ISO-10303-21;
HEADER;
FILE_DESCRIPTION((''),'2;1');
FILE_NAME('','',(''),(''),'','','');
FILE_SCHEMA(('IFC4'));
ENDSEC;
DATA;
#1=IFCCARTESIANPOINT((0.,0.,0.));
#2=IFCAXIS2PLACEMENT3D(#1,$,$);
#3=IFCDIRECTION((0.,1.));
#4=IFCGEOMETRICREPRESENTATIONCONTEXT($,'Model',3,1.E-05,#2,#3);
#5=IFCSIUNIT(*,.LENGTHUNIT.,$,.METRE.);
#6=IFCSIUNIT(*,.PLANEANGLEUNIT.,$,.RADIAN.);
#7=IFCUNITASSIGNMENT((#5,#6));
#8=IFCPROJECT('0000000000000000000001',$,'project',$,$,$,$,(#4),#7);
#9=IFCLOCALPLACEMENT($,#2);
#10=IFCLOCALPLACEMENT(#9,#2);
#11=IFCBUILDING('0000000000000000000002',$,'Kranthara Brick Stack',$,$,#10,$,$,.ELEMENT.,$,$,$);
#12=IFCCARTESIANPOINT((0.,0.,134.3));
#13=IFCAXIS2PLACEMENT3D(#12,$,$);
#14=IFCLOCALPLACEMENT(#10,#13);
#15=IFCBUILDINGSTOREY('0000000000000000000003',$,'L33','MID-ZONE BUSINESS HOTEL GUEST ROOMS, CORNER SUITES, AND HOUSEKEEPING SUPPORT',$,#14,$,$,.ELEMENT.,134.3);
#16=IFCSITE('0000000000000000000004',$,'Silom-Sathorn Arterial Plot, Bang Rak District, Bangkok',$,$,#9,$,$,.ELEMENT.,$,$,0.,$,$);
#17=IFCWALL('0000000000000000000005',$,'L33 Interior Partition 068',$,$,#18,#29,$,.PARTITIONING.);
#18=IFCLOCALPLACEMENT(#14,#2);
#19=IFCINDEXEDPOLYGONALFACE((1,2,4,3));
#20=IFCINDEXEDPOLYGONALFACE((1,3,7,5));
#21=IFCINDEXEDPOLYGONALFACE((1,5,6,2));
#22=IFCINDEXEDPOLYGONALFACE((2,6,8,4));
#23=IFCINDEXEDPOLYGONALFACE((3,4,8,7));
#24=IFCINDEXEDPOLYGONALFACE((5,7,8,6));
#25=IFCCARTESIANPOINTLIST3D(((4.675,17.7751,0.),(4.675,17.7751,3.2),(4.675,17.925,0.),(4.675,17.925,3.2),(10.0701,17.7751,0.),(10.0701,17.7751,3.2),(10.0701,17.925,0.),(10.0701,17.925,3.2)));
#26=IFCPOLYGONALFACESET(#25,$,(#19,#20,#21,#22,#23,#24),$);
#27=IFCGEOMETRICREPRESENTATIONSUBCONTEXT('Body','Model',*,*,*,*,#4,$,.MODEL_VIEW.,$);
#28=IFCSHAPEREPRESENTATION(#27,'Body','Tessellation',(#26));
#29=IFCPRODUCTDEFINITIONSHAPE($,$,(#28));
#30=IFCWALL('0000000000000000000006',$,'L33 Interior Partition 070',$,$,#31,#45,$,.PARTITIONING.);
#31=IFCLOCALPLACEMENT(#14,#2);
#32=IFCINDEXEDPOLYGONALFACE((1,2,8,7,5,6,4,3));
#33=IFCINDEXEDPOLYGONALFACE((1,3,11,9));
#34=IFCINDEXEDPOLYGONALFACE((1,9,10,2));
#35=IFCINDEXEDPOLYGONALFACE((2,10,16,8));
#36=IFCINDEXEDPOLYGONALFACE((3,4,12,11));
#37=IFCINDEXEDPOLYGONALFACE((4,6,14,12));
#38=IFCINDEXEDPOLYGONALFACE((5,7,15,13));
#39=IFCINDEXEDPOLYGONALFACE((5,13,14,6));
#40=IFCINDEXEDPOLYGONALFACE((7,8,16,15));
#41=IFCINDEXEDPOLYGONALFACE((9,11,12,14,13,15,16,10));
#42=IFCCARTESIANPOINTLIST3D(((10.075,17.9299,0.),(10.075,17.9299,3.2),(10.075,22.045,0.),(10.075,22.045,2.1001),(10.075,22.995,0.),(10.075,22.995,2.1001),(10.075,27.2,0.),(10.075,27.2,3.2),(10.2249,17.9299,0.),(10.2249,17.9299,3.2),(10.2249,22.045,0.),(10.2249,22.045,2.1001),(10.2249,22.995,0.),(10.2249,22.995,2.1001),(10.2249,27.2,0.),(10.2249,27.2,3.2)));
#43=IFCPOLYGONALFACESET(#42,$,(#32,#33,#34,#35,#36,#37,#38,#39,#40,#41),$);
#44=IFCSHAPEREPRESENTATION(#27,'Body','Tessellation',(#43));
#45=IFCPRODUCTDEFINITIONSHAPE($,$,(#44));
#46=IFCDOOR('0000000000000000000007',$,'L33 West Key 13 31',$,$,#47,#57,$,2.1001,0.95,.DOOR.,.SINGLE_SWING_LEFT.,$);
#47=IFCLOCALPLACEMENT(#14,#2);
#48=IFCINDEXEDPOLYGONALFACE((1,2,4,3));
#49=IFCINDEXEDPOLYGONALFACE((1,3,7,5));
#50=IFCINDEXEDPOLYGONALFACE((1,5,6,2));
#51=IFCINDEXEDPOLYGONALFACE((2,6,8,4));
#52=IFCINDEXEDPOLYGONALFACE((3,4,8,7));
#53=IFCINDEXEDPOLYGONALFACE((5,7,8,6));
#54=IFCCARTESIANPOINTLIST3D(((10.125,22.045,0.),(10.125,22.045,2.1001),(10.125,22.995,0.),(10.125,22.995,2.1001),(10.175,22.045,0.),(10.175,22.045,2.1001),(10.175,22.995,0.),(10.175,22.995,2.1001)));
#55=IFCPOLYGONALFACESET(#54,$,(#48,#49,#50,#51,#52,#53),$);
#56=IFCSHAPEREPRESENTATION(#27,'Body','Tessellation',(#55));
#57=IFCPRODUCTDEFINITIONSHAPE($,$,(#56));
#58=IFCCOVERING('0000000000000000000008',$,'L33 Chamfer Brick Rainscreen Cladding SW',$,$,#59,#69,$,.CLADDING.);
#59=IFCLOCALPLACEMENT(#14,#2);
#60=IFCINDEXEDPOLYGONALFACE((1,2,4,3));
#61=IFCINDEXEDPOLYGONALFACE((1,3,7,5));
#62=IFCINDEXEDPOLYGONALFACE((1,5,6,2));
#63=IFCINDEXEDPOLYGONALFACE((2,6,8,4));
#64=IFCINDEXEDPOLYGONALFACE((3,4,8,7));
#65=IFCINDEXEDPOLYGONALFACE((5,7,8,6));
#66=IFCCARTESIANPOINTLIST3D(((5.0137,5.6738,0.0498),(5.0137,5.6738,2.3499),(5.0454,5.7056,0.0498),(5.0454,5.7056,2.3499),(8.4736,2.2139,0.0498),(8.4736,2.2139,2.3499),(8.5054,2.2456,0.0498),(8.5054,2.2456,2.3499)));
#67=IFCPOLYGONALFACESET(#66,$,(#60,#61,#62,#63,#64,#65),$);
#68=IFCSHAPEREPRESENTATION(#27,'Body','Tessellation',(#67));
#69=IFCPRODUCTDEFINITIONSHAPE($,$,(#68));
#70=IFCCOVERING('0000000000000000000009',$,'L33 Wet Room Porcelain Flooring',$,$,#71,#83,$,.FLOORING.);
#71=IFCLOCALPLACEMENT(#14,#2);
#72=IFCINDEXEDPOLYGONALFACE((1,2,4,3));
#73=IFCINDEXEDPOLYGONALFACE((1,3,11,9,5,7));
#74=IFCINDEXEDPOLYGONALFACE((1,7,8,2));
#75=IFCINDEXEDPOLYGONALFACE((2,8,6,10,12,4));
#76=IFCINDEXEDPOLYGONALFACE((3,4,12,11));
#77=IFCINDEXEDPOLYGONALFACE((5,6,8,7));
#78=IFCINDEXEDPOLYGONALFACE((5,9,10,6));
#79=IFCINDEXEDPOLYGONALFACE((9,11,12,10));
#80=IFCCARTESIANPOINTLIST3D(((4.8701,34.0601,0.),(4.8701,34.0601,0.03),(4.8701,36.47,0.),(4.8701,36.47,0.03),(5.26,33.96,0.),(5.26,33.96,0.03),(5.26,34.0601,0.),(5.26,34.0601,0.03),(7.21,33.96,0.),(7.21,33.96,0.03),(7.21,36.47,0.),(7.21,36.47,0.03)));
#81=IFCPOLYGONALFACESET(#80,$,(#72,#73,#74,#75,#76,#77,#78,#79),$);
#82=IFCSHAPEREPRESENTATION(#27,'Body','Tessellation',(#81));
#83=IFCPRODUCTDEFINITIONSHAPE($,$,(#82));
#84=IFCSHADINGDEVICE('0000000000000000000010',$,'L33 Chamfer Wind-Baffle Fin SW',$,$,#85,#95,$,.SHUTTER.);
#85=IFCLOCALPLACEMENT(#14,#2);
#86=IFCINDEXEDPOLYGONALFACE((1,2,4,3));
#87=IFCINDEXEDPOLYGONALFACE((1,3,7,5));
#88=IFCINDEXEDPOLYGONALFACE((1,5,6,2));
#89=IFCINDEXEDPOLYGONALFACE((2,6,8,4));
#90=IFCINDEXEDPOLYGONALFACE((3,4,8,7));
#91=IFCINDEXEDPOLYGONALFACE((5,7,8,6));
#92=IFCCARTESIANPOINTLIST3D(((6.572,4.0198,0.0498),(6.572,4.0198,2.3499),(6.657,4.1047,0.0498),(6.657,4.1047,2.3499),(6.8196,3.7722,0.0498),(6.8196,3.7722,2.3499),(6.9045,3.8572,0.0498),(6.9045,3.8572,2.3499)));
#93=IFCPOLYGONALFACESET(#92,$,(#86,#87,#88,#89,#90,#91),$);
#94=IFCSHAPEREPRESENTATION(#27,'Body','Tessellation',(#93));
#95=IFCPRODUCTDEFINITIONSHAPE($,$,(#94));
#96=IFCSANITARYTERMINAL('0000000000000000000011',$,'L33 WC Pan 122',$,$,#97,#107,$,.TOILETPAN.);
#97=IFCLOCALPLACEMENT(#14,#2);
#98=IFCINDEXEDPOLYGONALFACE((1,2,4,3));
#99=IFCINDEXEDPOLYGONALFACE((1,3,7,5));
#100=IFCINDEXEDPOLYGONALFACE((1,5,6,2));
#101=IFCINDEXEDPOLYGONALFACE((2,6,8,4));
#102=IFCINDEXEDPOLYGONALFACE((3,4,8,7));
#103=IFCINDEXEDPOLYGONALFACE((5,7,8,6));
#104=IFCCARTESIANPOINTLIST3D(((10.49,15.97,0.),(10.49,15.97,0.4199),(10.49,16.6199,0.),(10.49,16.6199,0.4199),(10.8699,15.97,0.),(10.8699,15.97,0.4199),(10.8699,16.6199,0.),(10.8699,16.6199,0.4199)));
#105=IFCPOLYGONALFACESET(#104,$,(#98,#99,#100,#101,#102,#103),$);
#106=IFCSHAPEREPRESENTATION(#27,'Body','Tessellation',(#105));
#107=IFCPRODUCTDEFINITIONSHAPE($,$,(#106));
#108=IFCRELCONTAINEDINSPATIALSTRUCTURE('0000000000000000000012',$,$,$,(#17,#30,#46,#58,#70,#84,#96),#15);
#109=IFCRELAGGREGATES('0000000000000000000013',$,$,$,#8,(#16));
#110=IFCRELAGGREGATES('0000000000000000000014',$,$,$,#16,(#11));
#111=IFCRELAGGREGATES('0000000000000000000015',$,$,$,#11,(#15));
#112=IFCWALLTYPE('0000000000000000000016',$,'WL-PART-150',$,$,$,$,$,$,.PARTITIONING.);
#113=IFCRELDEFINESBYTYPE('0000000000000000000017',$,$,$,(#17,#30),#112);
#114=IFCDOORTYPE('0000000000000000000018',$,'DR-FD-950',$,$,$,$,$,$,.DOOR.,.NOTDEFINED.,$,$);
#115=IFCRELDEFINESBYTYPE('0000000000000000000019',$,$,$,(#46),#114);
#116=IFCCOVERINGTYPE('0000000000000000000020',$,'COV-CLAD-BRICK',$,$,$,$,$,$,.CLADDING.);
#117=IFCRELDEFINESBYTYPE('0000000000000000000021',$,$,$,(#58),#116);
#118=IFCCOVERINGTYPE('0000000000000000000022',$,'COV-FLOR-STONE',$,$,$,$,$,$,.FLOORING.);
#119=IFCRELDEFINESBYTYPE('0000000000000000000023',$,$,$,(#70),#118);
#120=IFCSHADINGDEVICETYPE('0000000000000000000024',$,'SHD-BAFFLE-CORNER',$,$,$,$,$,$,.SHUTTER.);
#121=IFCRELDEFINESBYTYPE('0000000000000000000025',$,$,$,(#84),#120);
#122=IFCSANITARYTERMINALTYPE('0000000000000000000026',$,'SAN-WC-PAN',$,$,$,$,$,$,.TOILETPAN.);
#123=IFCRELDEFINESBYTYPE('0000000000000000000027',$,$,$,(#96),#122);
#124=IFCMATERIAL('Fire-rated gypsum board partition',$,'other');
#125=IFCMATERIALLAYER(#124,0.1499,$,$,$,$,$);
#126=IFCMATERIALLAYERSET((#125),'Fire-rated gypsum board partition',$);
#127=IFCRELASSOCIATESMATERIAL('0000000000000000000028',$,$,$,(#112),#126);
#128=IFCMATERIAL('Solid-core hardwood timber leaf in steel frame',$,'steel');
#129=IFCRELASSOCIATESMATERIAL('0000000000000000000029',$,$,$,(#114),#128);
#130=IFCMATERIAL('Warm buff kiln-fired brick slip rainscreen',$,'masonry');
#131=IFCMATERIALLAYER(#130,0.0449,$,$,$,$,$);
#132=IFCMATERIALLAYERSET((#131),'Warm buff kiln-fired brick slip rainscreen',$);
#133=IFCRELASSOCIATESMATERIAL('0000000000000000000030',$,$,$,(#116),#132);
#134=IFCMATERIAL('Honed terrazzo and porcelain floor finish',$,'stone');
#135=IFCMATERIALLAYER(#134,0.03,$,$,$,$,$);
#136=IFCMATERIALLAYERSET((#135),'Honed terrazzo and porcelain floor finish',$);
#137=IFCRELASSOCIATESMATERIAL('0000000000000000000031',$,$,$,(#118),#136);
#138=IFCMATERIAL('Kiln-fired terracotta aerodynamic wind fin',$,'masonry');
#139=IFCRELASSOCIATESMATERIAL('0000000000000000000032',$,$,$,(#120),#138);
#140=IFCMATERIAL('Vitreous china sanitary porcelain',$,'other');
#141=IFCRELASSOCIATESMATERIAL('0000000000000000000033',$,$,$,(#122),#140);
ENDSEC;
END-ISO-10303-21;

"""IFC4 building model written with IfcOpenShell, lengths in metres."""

from ifc_helpers import new_model, si_unit, direction, frame, frame_2d, origin, origin_2d, place, context, subcontext, project, spatial, polyline, rectangle, outline, extrude, material, layer, layer_set, type_object, element, fill, save


model = new_model("IFC4")

# Units and contexts
model_context = context("Model", 3, precision=1e-05, world=origin(), true_north=direction((0.0, 1.0)))
body_context = subcontext(model_context, "Body", "Model", "MODEL_VIEW")
ifc_project = project(units=[si_unit("LENGTHUNIT", "METRE"), si_unit("PLANEANGLEUNIT", "RADIAN")], contexts=[model_context])

# Site, building, storey
site_placement = place(None, origin())
site = spatial("IfcSite", under=ifc_project, at=site_placement, Name="Silom-Sathorn Arterial Plot, Bang Rak District, Bangkok", CompositionType="ELEMENT", RefElevation=0.0)
building_placement = place(site_placement, origin())
building = spatial("IfcBuilding", under=site, at=building_placement, Name="Kranthara Brick Stack", CompositionType="ELEMENT")
storey_placement = place(building_placement, frame((0.0, 0.0, 134.3)))
storey = spatial("IfcBuildingStorey", under=building, at=storey_placement, Name="L33", Description="MID-ZONE BUSINESS HOTEL GUEST ROOMS, CORNER SUITES, AND HOUSEKEEPING SUPPORT", CompositionType="ELEMENT", Elevation=134.3)

# Wall
ifc_material_1 = material(Name="Fire-rated gypsum board partition", Category="other")
ifc_layer_1 = layer(ifc_material_1, 0.1499)
ifc_layer_set_1 = layer_set([ifc_layer_1], Name="Fire-rated gypsum board partition")
wall_type_1 = type_object("IfcWallType", Name="WL-PART-150", PredefinedType="PARTITIONING", material=ifc_layer_set_1)
wall_1_placement = place(storey_placement, frame((4.675, 17.8501, 0.0), z_axis=(0.0, 0.0, 1.0), x_axis=(1.0, 0.0, 0.0)))
element("IfcWall", 1, at=wall_1_placement, inside=storey, type_object=wall_type_1, Name="L33 Interior Partition 068", PredefinedType="PARTITIONING", context=body_context, shape_type="SweptSolid", body=[
    extrude(rectangle(XDim=5.395, YDim=0.1499, at=frame_2d((2.6975, 0.0))), origin(), (0.0, 0.0, 1.0), 3.2),
])

# Wall, opening, door
wall_2_placement = place(storey_placement, frame((10.1499, 17.9299, 0.0), z_axis=(0.0, 0.0, 1.0), x_axis=(0.0, 1.0, 0.0)))
wall_2 = element("IfcWall", 2, at=wall_2_placement, inside=storey, type_object=wall_type_1, Name="L33 Interior Partition 070", PredefinedType="PARTITIONING", context=body_context, shape_type="SweptSolid", body=[
    extrude(rectangle(XDim=9.27, YDim=0.1499, at=frame_2d((4.635, 0.0))), origin(), (0.0, 0.0, 1.0), 3.2),
])
opening_1_placement = place(wall_2_placement, frame((4.115, 0.0, 0.0)))
opening_1 = element("IfcOpeningElement", 3, at=opening_1_placement, cuts=wall_2, PredefinedType="OPENING", context=body_context, shape_type="SweptSolid", body=[
    extrude(rectangle(XDim=0.95, YDim=2.1001, at=frame_2d((0.4751, 1.05))), frame((0.0, 0.085, 0.0), z_axis=(0.0, -1.0, 0.0), x_axis=(1.0, 0.0, 0.0)), (0.0, 0.0, 1.0), 0.1699),
])
ifc_material_2 = material(Name="Solid-core hardwood timber leaf in steel frame", Category="steel")
door_type = type_object("IfcDoorType", Name="DR-FD-950", OperationType="NOTDEFINED", PredefinedType="DOOR", material=ifc_material_2)
door_placement = place(opening_1_placement, origin())
door = element("IfcDoor", 4, at=door_placement, inside=storey, type_object=door_type, Name="L33 West Key 13 31", OperationType="SINGLE_SWING_LEFT", OverallHeight=2.1001, OverallWidth=0.95, PredefinedType="DOOR", context=body_context, shape_type="SweptSolid", body=[
    extrude(rectangle(XDim=0.95, YDim=2.1001, at=frame_2d((0.4751, 1.05))), frame((0.0, 0.0249, 0.0), z_axis=(0.0, -1.0, 0.0), x_axis=(1.0, 0.0, 0.0)), (0.0, 0.0, 1.0), 0.05),
])
fill(opening_1, door)

# Coverings
ifc_material_3 = material(Name="Warm buff kiln-fired brick slip rainscreen", Category="masonry")
ifc_layer_2 = layer(ifc_material_3, 0.0449)
ifc_layer_set_2 = layer_set([ifc_layer_2], Name="Warm buff kiln-fired brick slip rainscreen")
covering_type_1 = type_object("IfcCoveringType", Name="COV-CLAD-BRICK", PredefinedType="CLADDING", material=ifc_layer_set_2)
covering_1_placement = place(storey_placement, frame((6.7595, 3.9597, 0.0498), z_axis=(0.0, 0.0, 1.0), x_axis=(-0.707107, 0.707107, 0.0)))
element("IfcCovering", 5, at=covering_1_placement, inside=storey, type_object=covering_type_1, Name="L33 Chamfer Brick Rainscreen Cladding SW", PredefinedType="CLADDING", context=body_context, shape_type="SweptSolid", body=[
    extrude(rectangle(XDim=4.8931, YDim=0.0449, at=origin_2d()), origin(), (0.0, 0.0, 1.0), 2.3),
])
ifc_material_4 = material(Name="Honed terrazzo and porcelain floor finish", Category="stone")
ifc_layer_3 = layer(ifc_material_4, 0.03)
ifc_layer_set_3 = layer_set([ifc_layer_3], Name="Honed terrazzo and porcelain floor finish")
covering_type_2 = type_object("IfcCoveringType", Name="COV-FLOR-STONE", PredefinedType="FLOORING", material=ifc_layer_set_3)
covering_2_placement = place(storey_placement, origin())
element("IfcCovering", 6, at=covering_2_placement, inside=storey, type_object=covering_type_2, Name="L33 Wet Room Porcelain Flooring", PredefinedType="FLOORING", context=body_context, shape_type="SweptSolid", body=[
    extrude(outline(polyline([(7.21, 36.47), (7.21, 33.96), (5.26, 33.96), (5.26, 34.0601), (4.8701, 34.0601), (4.8701, 36.47), (7.21, 36.47)])), origin(), (0.0, 0.0, 1.0), 0.03),
])

# Shading device
ifc_material_5 = material(Name="Kiln-fired terracotta aerodynamic wind fin", Category="masonry")
shading_device_type = type_object("IfcShadingDeviceType", Name="SHD-BAFFLE-CORNER", PredefinedType="SHUTTER", material=ifc_material_5)
shading_device_placement = place(storey_placement, frame((6.7383, 3.9385, 0.0498), z_axis=(0.0, 0.0, 1.0), x_axis=(-0.707107, 0.707107, 0.0)))
element("IfcShadingDevice", 7, at=shading_device_placement, inside=storey, type_object=shading_device_type, Name="L33 Chamfer Wind-Baffle Fin SW", PredefinedType="SHUTTER", context=body_context, shape_type="SweptSolid", body=[
    extrude(rectangle(XDim=0.3501, YDim=0.1201, at=origin_2d()), origin(), (0.0, 0.0, 1.0), 2.3),
])

# Sanitary terminal
ifc_material_6 = material(Name="Vitreous china sanitary porcelain", Category="other")
sanitary_terminal_type = type_object("IfcSanitaryTerminalType", Name="SAN-WC-PAN", PredefinedType="TOILETPAN", material=ifc_material_6)
sanitary_terminal_placement = place(storey_placement, frame((10.6799, 16.2949, 0.0), z_axis=(0.0, 0.0, 1.0), x_axis=(1.0, 0.0, 0.0)))
element("IfcSanitaryTerminal", 8, at=sanitary_terminal_placement, inside=storey, type_object=sanitary_terminal_type, Name="L33 WC Pan 122", PredefinedType="TOILETPAN", context=body_context, shape_type="SweptSolid", body=[
    extrude(rectangle(XDim=0.3799, YDim=0.6499, at=origin_2d()), origin(), (0.0, 0.0, 1.0), 0.4199),
])

save(model, "model.ifc")
